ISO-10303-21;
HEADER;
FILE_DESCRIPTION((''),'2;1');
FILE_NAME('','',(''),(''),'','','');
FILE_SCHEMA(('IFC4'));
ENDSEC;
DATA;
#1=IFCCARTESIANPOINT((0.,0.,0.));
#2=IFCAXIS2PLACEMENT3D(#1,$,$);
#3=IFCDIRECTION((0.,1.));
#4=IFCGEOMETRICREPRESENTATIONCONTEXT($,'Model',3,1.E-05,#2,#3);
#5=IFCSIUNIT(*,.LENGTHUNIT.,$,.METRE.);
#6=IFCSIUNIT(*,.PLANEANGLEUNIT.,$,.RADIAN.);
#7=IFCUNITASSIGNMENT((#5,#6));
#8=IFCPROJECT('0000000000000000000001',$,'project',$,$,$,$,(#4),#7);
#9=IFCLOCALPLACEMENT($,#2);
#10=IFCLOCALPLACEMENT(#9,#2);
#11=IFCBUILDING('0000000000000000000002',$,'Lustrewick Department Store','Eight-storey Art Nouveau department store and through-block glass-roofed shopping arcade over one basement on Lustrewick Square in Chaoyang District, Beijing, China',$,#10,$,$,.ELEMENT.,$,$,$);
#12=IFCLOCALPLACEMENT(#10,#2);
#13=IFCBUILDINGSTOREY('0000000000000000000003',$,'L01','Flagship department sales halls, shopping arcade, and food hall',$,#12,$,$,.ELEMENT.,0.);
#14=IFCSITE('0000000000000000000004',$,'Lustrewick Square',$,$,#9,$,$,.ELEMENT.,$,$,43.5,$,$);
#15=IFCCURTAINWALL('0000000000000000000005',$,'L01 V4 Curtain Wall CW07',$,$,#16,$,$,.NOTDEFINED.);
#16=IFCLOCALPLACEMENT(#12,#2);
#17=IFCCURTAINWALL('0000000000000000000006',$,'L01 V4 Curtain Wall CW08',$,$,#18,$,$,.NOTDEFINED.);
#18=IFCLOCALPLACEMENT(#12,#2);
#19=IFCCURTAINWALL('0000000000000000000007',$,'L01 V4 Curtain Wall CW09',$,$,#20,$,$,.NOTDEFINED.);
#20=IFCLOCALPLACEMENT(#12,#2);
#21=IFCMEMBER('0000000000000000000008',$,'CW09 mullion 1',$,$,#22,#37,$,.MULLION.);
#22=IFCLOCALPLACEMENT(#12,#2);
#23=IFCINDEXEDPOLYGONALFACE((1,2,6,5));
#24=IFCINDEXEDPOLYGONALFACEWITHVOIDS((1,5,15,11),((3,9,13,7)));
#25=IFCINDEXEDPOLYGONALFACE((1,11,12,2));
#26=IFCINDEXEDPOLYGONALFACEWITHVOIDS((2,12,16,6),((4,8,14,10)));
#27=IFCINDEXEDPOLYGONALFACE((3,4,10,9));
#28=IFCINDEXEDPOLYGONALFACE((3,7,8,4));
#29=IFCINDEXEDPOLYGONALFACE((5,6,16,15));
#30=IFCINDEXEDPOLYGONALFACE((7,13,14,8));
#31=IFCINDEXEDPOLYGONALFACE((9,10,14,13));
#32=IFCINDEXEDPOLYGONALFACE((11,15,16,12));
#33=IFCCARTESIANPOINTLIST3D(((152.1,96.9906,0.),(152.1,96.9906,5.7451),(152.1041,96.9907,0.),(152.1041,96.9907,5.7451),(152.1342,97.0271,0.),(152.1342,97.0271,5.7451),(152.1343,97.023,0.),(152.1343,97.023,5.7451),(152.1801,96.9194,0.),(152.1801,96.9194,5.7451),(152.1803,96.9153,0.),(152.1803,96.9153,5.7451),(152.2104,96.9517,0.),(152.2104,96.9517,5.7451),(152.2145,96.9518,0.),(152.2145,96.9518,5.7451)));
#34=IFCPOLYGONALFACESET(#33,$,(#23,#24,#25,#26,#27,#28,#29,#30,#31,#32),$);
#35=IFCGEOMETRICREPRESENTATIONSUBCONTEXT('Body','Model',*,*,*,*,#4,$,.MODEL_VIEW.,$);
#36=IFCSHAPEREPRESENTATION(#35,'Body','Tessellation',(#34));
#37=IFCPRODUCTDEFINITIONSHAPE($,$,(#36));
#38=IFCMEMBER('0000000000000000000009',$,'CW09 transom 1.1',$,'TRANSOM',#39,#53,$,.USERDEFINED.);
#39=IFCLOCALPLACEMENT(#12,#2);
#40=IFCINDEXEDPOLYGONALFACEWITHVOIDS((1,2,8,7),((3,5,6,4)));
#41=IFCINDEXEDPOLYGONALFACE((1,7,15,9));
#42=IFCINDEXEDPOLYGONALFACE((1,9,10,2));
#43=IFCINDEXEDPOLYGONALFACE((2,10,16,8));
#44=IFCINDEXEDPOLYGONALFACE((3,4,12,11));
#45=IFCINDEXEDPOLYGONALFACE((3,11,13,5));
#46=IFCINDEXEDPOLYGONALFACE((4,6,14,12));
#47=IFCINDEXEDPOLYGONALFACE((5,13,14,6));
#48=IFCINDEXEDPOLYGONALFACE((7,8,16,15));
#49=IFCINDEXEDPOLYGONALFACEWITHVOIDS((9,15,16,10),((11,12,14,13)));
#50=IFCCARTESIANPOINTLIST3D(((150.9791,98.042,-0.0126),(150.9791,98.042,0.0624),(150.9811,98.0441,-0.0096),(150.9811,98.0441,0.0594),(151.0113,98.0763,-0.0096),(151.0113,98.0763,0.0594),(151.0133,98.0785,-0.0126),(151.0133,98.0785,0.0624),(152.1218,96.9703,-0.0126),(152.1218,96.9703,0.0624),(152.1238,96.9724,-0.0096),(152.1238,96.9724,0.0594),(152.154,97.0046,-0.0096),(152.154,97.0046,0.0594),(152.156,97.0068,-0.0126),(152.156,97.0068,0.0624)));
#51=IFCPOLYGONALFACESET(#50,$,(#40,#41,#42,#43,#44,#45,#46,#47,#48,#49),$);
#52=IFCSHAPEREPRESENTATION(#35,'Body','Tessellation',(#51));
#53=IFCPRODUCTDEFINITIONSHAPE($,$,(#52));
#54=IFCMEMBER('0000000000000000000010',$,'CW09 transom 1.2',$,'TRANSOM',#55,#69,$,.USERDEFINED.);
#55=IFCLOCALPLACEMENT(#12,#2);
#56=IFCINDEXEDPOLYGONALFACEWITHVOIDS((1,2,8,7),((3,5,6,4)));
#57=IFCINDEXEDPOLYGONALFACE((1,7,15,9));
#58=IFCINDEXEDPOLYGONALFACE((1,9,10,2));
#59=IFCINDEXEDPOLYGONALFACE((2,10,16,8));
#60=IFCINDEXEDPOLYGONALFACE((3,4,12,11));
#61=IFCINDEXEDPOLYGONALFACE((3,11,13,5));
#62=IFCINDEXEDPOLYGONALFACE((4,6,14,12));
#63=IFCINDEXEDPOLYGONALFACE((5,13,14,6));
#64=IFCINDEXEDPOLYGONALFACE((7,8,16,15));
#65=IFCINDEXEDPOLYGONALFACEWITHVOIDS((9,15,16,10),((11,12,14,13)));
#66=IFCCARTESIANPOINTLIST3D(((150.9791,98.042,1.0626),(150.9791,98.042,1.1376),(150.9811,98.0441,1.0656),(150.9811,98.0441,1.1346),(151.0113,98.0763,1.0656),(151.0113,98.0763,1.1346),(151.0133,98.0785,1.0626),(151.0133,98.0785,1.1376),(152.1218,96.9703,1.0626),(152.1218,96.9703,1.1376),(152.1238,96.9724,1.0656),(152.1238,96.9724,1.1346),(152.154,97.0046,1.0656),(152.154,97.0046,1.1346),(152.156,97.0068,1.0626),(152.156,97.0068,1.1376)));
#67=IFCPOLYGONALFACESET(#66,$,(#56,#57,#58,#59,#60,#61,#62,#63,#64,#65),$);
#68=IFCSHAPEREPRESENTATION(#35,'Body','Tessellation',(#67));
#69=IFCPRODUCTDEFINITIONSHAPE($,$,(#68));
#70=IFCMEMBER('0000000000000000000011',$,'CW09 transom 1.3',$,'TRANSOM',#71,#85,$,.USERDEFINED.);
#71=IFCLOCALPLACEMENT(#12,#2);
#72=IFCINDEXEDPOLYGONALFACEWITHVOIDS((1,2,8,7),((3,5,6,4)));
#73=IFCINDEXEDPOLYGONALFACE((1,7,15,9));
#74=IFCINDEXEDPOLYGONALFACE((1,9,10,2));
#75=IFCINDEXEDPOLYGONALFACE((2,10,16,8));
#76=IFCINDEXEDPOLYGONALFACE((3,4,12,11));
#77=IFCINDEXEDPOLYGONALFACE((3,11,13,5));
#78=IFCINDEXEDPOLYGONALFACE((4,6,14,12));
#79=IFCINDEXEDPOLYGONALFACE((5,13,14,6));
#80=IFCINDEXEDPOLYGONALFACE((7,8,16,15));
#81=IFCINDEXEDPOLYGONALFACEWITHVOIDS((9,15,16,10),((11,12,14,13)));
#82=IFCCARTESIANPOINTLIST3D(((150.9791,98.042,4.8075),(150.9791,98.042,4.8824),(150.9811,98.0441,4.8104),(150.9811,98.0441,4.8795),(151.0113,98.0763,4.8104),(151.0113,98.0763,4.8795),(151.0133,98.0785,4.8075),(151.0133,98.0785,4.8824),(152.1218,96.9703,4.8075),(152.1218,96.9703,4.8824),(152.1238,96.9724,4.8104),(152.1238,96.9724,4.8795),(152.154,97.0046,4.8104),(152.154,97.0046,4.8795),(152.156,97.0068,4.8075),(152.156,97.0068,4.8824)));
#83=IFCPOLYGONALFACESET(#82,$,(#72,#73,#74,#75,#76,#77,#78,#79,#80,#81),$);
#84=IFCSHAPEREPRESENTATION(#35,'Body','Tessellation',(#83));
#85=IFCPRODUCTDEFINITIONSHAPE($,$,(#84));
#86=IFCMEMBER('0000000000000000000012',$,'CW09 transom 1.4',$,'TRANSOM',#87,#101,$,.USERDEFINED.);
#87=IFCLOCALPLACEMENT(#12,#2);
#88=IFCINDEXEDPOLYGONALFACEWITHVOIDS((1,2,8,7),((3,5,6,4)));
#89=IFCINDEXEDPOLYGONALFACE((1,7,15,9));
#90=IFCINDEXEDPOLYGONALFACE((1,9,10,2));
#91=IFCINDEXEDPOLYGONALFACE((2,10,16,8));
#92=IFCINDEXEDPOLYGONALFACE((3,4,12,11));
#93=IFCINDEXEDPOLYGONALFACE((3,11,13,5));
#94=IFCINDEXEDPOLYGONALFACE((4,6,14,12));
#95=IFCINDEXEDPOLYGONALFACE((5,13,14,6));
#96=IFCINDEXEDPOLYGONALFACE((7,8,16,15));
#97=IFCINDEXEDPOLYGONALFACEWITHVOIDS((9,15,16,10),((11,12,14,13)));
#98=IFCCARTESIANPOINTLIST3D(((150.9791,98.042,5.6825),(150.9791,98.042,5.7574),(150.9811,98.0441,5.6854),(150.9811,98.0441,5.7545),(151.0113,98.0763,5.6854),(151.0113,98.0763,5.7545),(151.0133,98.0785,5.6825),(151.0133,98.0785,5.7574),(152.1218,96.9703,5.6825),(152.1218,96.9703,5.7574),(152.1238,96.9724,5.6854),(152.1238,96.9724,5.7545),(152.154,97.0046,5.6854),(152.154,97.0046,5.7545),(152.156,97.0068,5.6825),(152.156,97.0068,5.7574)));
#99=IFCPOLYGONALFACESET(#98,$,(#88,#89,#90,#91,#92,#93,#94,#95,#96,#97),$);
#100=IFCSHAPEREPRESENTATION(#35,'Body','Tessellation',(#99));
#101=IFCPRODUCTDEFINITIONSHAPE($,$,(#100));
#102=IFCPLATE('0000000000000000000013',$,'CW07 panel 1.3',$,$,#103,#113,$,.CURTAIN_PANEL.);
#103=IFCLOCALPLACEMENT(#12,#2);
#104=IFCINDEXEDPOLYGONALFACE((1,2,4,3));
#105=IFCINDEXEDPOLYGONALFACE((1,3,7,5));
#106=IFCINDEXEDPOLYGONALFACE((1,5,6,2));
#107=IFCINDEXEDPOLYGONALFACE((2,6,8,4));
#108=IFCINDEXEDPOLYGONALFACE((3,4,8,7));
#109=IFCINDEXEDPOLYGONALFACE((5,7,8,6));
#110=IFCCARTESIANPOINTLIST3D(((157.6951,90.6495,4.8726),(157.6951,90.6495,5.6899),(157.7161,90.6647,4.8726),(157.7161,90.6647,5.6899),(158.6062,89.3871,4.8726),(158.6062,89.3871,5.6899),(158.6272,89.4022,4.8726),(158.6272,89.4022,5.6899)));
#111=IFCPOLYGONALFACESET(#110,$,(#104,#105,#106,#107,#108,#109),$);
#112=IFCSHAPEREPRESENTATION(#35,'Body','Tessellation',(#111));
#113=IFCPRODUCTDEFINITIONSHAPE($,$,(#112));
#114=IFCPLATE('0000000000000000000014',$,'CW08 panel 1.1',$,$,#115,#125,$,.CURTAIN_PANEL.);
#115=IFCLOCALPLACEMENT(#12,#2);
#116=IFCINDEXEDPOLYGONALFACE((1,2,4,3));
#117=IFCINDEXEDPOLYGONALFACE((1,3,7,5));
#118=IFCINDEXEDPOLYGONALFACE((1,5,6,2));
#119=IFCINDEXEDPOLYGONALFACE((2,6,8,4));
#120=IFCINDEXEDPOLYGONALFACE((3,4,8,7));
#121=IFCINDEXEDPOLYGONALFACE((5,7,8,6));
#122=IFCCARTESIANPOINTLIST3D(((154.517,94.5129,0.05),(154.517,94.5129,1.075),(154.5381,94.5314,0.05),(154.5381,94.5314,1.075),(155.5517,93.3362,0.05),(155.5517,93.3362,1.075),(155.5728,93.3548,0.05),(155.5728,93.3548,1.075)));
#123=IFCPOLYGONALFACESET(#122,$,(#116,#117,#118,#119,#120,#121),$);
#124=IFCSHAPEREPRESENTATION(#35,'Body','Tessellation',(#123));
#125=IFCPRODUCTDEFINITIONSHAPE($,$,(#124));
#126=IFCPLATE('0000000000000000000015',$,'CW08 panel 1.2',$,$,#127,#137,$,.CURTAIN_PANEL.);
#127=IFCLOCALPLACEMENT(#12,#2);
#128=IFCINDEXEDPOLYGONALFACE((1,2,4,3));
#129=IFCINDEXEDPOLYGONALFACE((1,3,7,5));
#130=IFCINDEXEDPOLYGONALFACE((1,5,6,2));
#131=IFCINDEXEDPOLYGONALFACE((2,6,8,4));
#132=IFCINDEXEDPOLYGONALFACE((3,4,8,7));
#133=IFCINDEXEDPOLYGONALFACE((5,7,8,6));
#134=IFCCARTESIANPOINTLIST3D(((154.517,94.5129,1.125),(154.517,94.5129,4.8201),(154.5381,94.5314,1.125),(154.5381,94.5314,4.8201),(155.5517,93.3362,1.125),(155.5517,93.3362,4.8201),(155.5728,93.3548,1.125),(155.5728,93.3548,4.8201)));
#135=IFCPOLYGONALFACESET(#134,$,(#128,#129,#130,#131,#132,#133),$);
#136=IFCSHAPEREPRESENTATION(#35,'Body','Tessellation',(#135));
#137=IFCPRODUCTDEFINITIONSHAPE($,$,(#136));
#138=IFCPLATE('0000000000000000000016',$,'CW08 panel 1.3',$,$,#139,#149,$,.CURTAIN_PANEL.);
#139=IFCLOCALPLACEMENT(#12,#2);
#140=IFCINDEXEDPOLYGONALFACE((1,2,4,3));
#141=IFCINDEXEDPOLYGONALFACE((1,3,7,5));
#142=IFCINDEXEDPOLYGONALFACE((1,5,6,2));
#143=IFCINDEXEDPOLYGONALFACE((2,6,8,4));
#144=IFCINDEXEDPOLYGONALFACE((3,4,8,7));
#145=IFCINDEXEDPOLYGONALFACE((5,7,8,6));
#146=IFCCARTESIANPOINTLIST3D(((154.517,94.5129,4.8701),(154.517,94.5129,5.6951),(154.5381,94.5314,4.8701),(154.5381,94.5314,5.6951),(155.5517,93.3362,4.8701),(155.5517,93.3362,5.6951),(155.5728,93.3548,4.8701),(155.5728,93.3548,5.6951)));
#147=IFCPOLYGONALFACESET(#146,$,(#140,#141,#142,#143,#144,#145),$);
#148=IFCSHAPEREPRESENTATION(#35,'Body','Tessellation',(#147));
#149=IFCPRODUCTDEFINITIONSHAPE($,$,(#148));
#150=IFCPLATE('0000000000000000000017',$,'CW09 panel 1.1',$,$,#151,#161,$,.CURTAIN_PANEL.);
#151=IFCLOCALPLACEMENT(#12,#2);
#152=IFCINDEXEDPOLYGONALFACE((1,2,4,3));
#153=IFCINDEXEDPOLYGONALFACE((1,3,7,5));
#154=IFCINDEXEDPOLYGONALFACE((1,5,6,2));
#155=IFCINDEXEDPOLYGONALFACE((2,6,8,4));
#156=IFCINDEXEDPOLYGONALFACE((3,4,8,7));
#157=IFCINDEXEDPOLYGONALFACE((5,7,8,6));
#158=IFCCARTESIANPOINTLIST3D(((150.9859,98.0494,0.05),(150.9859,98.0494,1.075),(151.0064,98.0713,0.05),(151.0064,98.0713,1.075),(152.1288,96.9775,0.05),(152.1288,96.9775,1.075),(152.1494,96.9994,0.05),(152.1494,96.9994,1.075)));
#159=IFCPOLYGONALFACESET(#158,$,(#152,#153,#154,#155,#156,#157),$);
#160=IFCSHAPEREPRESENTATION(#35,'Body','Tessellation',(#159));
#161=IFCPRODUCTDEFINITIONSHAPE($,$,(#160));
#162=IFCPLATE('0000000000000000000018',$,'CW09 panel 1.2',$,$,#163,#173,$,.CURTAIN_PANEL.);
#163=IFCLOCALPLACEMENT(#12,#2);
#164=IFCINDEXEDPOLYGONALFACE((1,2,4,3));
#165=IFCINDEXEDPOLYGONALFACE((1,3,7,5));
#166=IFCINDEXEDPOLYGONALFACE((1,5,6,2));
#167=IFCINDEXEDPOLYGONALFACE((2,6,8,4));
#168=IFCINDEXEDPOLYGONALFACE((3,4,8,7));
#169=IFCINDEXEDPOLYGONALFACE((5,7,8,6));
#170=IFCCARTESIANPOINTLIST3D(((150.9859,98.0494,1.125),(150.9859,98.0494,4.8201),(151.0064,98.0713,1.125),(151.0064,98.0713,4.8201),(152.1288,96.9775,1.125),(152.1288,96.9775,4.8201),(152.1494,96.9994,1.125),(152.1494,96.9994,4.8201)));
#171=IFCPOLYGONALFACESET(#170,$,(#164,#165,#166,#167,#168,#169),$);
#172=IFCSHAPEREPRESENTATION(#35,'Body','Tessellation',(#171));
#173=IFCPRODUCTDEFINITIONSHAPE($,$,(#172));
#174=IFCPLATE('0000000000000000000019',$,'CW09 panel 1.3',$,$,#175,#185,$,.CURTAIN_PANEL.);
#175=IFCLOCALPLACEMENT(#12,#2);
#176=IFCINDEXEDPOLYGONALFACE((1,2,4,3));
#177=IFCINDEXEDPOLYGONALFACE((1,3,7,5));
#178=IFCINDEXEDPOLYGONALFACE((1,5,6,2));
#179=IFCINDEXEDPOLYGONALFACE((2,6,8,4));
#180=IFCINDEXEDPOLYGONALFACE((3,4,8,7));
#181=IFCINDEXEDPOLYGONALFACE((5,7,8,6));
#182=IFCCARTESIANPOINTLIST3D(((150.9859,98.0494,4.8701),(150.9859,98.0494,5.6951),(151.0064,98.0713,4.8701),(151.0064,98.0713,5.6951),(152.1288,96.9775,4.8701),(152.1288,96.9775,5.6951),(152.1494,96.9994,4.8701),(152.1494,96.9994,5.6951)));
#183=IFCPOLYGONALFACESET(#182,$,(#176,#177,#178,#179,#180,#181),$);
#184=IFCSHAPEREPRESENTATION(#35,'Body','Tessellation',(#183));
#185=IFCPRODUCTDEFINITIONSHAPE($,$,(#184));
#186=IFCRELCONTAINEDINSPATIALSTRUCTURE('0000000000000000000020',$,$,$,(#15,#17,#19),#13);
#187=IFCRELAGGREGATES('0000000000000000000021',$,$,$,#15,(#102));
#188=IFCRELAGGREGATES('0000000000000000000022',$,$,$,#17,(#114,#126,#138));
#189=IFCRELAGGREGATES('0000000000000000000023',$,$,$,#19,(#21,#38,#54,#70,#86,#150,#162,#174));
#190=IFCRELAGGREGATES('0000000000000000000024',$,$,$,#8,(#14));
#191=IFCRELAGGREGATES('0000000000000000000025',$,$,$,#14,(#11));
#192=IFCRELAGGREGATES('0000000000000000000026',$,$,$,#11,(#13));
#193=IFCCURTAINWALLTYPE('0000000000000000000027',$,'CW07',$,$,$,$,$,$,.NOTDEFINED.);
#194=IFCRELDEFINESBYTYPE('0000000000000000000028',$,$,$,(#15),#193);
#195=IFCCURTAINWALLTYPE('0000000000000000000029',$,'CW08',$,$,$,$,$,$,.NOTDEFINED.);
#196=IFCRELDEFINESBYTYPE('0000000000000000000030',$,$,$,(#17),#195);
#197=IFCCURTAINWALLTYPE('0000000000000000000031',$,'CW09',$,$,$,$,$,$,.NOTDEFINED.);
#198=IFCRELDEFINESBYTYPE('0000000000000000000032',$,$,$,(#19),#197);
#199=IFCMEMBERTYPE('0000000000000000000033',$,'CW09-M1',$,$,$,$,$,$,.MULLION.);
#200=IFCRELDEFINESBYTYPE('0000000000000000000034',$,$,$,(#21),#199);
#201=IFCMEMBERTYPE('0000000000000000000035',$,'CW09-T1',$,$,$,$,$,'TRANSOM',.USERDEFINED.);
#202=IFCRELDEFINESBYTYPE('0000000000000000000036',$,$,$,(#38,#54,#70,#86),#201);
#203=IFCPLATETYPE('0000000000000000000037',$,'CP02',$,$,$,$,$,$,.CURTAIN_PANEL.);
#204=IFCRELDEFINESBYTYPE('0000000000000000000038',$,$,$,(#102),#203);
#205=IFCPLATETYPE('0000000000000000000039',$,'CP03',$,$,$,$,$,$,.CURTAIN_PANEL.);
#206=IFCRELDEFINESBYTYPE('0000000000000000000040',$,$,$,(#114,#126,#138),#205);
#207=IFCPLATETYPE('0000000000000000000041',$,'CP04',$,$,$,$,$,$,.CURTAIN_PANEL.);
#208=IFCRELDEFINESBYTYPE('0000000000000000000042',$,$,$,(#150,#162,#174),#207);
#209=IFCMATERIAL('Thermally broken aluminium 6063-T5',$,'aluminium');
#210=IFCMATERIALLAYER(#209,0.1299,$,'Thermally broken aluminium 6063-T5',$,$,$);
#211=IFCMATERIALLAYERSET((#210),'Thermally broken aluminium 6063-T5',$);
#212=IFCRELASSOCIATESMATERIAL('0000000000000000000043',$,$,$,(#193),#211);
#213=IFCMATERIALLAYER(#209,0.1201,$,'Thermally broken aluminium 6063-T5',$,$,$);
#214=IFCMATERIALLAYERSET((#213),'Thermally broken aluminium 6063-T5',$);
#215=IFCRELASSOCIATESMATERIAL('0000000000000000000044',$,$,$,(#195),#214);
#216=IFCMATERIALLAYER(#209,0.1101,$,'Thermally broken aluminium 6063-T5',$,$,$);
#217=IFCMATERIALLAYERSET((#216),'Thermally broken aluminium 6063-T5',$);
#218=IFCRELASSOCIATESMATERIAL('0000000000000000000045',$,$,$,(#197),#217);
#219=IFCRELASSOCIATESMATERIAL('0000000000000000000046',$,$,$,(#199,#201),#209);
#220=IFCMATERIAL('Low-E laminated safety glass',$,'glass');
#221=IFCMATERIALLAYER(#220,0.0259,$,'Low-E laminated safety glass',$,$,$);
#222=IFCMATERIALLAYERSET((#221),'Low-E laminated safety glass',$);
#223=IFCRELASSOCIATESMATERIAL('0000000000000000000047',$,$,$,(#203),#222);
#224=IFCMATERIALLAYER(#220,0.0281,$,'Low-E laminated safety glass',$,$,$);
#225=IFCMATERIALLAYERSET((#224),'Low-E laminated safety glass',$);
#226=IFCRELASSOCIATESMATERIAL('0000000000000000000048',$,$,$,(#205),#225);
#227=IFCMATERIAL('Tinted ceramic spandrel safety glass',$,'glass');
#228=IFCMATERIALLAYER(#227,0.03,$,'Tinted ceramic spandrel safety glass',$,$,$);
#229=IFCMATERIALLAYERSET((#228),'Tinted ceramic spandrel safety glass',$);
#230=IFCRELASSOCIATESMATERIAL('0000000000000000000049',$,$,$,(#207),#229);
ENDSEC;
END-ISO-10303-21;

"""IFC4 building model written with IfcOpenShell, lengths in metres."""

from ifc_helpers import new_model, si_unit, direction, frame, origin, origin_2d, place, context, subcontext, project, spatial, rectangle, hollow_rectangle, extrude, material, layer, layer_set, material_profile, profile_set, type_object, element, aggregate, save


model = new_model("IFC4")

# Units and contexts
model_context = context("Model", 3, precision=1e-05, world=origin(), true_north=direction((0.0, 1.0)))
body_context = subcontext(model_context, "Body", "Model", "MODEL_VIEW")
ifc_project = project(units=[si_unit("LENGTHUNIT", "METRE"), si_unit("PLANEANGLEUNIT", "RADIAN")], contexts=[model_context])

# Site, building, storey
site_placement = place(None, origin())
site = spatial("IfcSite", under=ifc_project, at=site_placement, Name="Lustrewick Square", CompositionType="ELEMENT", RefElevation=43.5)
building_placement = place(site_placement, origin())
building = spatial("IfcBuilding", under=site, at=building_placement, Name="Lustrewick Department Store", Description="Eight-storey Art Nouveau department store and through-block glass-roofed shopping arcade over one basement on Lustrewick Square in Chaoyang District, Beijing, China", CompositionType="ELEMENT")
storey_placement = place(building_placement, origin())
storey = spatial("IfcBuildingStorey", under=building, at=storey_placement, Name="L01", Description="Flagship department sales halls, shopping arcade, and food hall", CompositionType="ELEMENT", Elevation=0.0)

# Curtain wall
ifc_material_1 = material(Name="Thermally broken aluminium 6063-T5", Category="aluminium")
ifc_layer_1 = layer(ifc_material_1, 0.1299, Name="Thermally broken aluminium 6063-T5")
ifc_layer_set_1 = layer_set([ifc_layer_1], Name="Thermally broken aluminium 6063-T5")
curtain_wall_type_1 = type_object("IfcCurtainWallType", Name="CW07", PredefinedType="NOTDEFINED", material=ifc_layer_set_1)
curtain_wall_1_placement = place(storey_placement, origin())
curtain_wall_1 = element("IfcCurtainWall", 1, at=curtain_wall_1_placement, inside=storey, type_object=curtain_wall_type_1, Name="L01 V4 Curtain Wall CW07", PredefinedType="NOTDEFINED")

# Curtain walls, members
ifc_layer_2 = layer(ifc_material_1, 0.1201, Name="Thermally broken aluminium 6063-T5")
ifc_layer_set_2 = layer_set([ifc_layer_2], Name="Thermally broken aluminium 6063-T5")
curtain_wall_type_2 = type_object("IfcCurtainWallType", Name="CW08", PredefinedType="NOTDEFINED", material=ifc_layer_set_2)
curtain_wall_2_placement = place(storey_placement, origin())
curtain_wall_2 = element("IfcCurtainWall", 2, at=curtain_wall_2_placement, inside=storey, type_object=curtain_wall_type_2, Name="L01 V4 Curtain Wall CW08", PredefinedType="NOTDEFINED")
ifc_layer_3 = layer(ifc_material_1, 0.1101, Name="Thermally broken aluminium 6063-T5")
ifc_layer_set_3 = layer_set([ifc_layer_3], Name="Thermally broken aluminium 6063-T5")
curtain_wall_type_3 = type_object("IfcCurtainWallType", Name="CW09", PredefinedType="NOTDEFINED", material=ifc_layer_set_3)
curtain_wall_3_placement = place(storey_placement, origin())
curtain_wall_3 = element("IfcCurtainWall", 3, at=curtain_wall_3_placement, inside=storey, type_object=curtain_wall_type_3, Name="L01 V4 Curtain Wall CW09", PredefinedType="NOTDEFINED")
ifc_material_profile_1 = material_profile(ifc_material_1, hollow_rectangle(XDim=0.05, YDim=0.1101, WallThickness=0.0029, at=origin_2d()), Name="ALU-M 50x110x3")
ifc_profile_set_1 = profile_set([ifc_material_profile_1], Name="Thermally broken aluminium 6063-T5")
member_type_1 = type_object("IfcMemberType", Name="CW09-M1", PredefinedType="MULLION", material=ifc_profile_set_1)
member_1_placement = place(storey_placement, frame((152.1572, 96.9712, 0.0), z_axis=(0.0, 0.0, 1.0), x_axis=(-0.684067, -0.729419, 0.0)))
member_1 = element("IfcMember", 4, at=member_1_placement, type_object=member_type_1, Name="CW09 mullion 1", PredefinedType="MULLION", context=body_context, shape_type="SweptSolid", body=[
    extrude(hollow_rectangle(XDim=0.05, YDim=0.1101, WallThickness=0.0029, at=origin_2d()), origin(), (0.0, 0.0, 1.0), 5.7451),
])
ifc_material_profile_2 = material_profile(ifc_material_1, hollow_rectangle(XDim=0.05, YDim=0.075, WallThickness=0.0029, at=origin_2d()), Name="ALU-T 50x75x3")
ifc_profile_set_2 = profile_set([ifc_material_profile_2], Name="Thermally broken aluminium 6063-T5")
member_type_2 = type_object("IfcMemberType", Name="CW09-T1", ElementType="TRANSOM", PredefinedType="USERDEFINED", material=ifc_profile_set_2)
member_2_placement = place(storey_placement, frame((152.1389, 96.9885, 0.0249), z_axis=(-0.729416, 0.684071, 0.0), x_axis=(-0.684071, -0.729416, 0.0)))
member_2 = element("IfcMember", 5, at=member_2_placement, type_object=member_type_2, Name="CW09 transom 1.1", ObjectType="TRANSOM", PredefinedType="USERDEFINED", context=body_context, shape_type="SweptSolid", body=[
    extrude(hollow_rectangle(XDim=0.05, YDim=0.075, WallThickness=0.0029, at=origin_2d()), origin(), (0.0, 0.0, 1.0), 1.5667),
])
member_3_placement = place(storey_placement, frame((152.1389, 96.9885, 1.1001), z_axis=(-0.729416, 0.684071, 0.0), x_axis=(-0.684071, -0.729416, 0.0)))
member_3 = element("IfcMember", 6, at=member_3_placement, type_object=member_type_2, Name="CW09 transom 1.2", ObjectType="TRANSOM", PredefinedType="USERDEFINED", context=body_context, shape_type="SweptSolid", body=[
    extrude(hollow_rectangle(XDim=0.05, YDim=0.075, WallThickness=0.0029, at=origin_2d()), origin(), (0.0, 0.0, 1.0), 1.5667),
])
member_4_placement = place(storey_placement, frame((152.1389, 96.9885, 4.845), z_axis=(-0.729416, 0.684071, 0.0), x_axis=(-0.684071, -0.729416, 0.0)))
member_4 = element("IfcMember", 7, at=member_4_placement, type_object=member_type_2, Name="CW09 transom 1.3", ObjectType="TRANSOM", PredefinedType="USERDEFINED", context=body_context, shape_type="SweptSolid", body=[
    extrude(hollow_rectangle(XDim=0.05, YDim=0.075, WallThickness=0.0029, at=origin_2d()), origin(), (0.0, 0.0, 1.0), 1.5667),
])
member_5_placement = place(storey_placement, frame((152.1389, 96.9885, 5.72), z_axis=(-0.729416, 0.684071, 0.0), x_axis=(-0.684071, -0.729416, 0.0)))
member_5 = element("IfcMember", 8, at=member_5_placement, type_object=member_type_2, Name="CW09 transom 1.4", ObjectType="TRANSOM", PredefinedType="USERDEFINED", context=body_context, shape_type="SweptSolid", body=[
    extrude(hollow_rectangle(XDim=0.05, YDim=0.075, WallThickness=0.0029, at=origin_2d()), origin(), (0.0, 0.0, 1.0), 1.5667),
])

# Plates
ifc_material_2 = material(Name="Low-E laminated safety glass", Category="glass")
ifc_layer_4 = layer(ifc_material_2, 0.0259, Name="Low-E laminated safety glass")
ifc_layer_set_4 = layer_set([ifc_layer_4], Name="Low-E laminated safety glass")
plate_type_1 = type_object("IfcPlateType", Name="CP02", PredefinedType="CURTAIN_PANEL", material=ifc_layer_set_4)
plate_1_placement = place(storey_placement, frame((158.1611, 90.0259, 4.8726), z_axis=(0.0, 0.0, 1.0), x_axis=(-0.585232, 0.810866, 0.0)))
plate_1 = element("IfcPlate", 9, at=plate_1_placement, type_object=plate_type_1, Name="CW07 panel 1.3", PredefinedType="CURTAIN_PANEL", context=body_context, shape_type="SweptSolid", body=[
    extrude(rectangle(XDim=1.5569, YDim=0.0259, at=origin_2d()), origin(), (0.0, 0.0, 1.0), 0.8174),
])
aggregate(curtain_wall_1, [plate_1])
ifc_layer_5 = layer(ifc_material_2, 0.0281, Name="Low-E laminated safety glass")
ifc_layer_set_5 = layer_set([ifc_layer_5], Name="Low-E laminated safety glass")
plate_type_2 = type_object("IfcPlateType", Name="CP03", PredefinedType="CURTAIN_PANEL", material=ifc_layer_set_5)
plate_2_placement = place(storey_placement, frame((155.0449, 93.9338, 0.05), z_axis=(0.0, 0.0, 1.0), x_axis=(-0.660359, 0.75095, 0.0)))
plate_2 = element("IfcPlate", 10, at=plate_2_placement, type_object=plate_type_2, Name="CW08 panel 1.1", PredefinedType="CURTAIN_PANEL", context=body_context, shape_type="SweptSolid", body=[
    extrude(rectangle(XDim=1.5669, YDim=0.0281, at=origin_2d()), origin(), (0.0, 0.0, 1.0), 1.0249),
])
plate_3_placement = place(storey_placement, frame((155.0449, 93.9338, 1.125), z_axis=(0.0, 0.0, 1.0), x_axis=(-0.660359, 0.75095, 0.0)))
plate_3 = element("IfcPlate", 11, at=plate_3_placement, type_object=plate_type_2, Name="CW08 panel 1.2", PredefinedType="CURTAIN_PANEL", context=body_context, shape_type="SweptSolid", body=[
    extrude(rectangle(XDim=1.5669, YDim=0.0281, at=origin_2d()), origin(), (0.0, 0.0, 1.0), 3.6951),
])
plate_4_placement = place(storey_placement, frame((155.0449, 93.9338, 4.8701), z_axis=(0.0, 0.0, 1.0), x_axis=(-0.660359, 0.75095, 0.0)))
plate_4 = element("IfcPlate", 12, at=plate_4_placement, type_object=plate_type_2, Name="CW08 panel 1.3", PredefinedType="CURTAIN_PANEL", context=body_context, shape_type="SweptSolid", body=[
    extrude(rectangle(XDim=1.5669, YDim=0.0281, at=origin_2d()), origin(), (0.0, 0.0, 1.0), 0.825),
])
aggregate(curtain_wall_2, [plate_2, plate_3, plate_4])
ifc_material_3 = material(Name="Tinted ceramic spandrel safety glass", Category="glass")
ifc_layer_6 = layer(ifc_material_3, 0.03, Name="Tinted ceramic spandrel safety glass")
ifc_layer_set_6 = layer_set([ifc_layer_6], Name="Tinted ceramic spandrel safety glass")
plate_type_3 = type_object("IfcPlateType", Name="CP04", PredefinedType="CURTAIN_PANEL", material=ifc_layer_set_6)
plate_5_placement = place(storey_placement, frame((151.5676, 97.5244, 0.05), z_axis=(0.0, 0.0, 1.0), x_axis=(-0.729419, 0.684067, 0.0)))
plate_5 = element("IfcPlate", 13, at=plate_5_placement, type_object=plate_type_3, Name="CW09 panel 1.1", PredefinedType="CURTAIN_PANEL", context=body_context, shape_type="SweptSolid", body=[
    extrude(rectangle(XDim=1.5669, YDim=0.03, at=origin_2d()), origin(), (0.0, 0.0, 1.0), 1.0249),
])
plate_6_placement = place(storey_placement, frame((151.5676, 97.5244, 1.125), z_axis=(0.0, 0.0, 1.0), x_axis=(-0.729419, 0.684067, 0.0)))
plate_6 = element("IfcPlate", 14, at=plate_6_placement, type_object=plate_type_3, Name="CW09 panel 1.2", PredefinedType="CURTAIN_PANEL", context=body_context, shape_type="SweptSolid", body=[
    extrude(rectangle(XDim=1.5669, YDim=0.03, at=origin_2d()), origin(), (0.0, 0.0, 1.0), 3.6951),
])
plate_7_placement = place(storey_placement, frame((151.5676, 97.5244, 4.8701), z_axis=(0.0, 0.0, 1.0), x_axis=(-0.729419, 0.684067, 0.0)))
plate_7 = element("IfcPlate", 15, at=plate_7_placement, type_object=plate_type_3, Name="CW09 panel 1.3", PredefinedType="CURTAIN_PANEL", context=body_context, shape_type="SweptSolid", body=[
    extrude(rectangle(XDim=1.5669, YDim=0.03, at=origin_2d()), origin(), (0.0, 0.0, 1.0), 0.825),
])
aggregate(curtain_wall_3, [member_1, member_2, member_3, member_4, member_5, plate_5, plate_6, plate_7])

save(model, "model.ifc")
